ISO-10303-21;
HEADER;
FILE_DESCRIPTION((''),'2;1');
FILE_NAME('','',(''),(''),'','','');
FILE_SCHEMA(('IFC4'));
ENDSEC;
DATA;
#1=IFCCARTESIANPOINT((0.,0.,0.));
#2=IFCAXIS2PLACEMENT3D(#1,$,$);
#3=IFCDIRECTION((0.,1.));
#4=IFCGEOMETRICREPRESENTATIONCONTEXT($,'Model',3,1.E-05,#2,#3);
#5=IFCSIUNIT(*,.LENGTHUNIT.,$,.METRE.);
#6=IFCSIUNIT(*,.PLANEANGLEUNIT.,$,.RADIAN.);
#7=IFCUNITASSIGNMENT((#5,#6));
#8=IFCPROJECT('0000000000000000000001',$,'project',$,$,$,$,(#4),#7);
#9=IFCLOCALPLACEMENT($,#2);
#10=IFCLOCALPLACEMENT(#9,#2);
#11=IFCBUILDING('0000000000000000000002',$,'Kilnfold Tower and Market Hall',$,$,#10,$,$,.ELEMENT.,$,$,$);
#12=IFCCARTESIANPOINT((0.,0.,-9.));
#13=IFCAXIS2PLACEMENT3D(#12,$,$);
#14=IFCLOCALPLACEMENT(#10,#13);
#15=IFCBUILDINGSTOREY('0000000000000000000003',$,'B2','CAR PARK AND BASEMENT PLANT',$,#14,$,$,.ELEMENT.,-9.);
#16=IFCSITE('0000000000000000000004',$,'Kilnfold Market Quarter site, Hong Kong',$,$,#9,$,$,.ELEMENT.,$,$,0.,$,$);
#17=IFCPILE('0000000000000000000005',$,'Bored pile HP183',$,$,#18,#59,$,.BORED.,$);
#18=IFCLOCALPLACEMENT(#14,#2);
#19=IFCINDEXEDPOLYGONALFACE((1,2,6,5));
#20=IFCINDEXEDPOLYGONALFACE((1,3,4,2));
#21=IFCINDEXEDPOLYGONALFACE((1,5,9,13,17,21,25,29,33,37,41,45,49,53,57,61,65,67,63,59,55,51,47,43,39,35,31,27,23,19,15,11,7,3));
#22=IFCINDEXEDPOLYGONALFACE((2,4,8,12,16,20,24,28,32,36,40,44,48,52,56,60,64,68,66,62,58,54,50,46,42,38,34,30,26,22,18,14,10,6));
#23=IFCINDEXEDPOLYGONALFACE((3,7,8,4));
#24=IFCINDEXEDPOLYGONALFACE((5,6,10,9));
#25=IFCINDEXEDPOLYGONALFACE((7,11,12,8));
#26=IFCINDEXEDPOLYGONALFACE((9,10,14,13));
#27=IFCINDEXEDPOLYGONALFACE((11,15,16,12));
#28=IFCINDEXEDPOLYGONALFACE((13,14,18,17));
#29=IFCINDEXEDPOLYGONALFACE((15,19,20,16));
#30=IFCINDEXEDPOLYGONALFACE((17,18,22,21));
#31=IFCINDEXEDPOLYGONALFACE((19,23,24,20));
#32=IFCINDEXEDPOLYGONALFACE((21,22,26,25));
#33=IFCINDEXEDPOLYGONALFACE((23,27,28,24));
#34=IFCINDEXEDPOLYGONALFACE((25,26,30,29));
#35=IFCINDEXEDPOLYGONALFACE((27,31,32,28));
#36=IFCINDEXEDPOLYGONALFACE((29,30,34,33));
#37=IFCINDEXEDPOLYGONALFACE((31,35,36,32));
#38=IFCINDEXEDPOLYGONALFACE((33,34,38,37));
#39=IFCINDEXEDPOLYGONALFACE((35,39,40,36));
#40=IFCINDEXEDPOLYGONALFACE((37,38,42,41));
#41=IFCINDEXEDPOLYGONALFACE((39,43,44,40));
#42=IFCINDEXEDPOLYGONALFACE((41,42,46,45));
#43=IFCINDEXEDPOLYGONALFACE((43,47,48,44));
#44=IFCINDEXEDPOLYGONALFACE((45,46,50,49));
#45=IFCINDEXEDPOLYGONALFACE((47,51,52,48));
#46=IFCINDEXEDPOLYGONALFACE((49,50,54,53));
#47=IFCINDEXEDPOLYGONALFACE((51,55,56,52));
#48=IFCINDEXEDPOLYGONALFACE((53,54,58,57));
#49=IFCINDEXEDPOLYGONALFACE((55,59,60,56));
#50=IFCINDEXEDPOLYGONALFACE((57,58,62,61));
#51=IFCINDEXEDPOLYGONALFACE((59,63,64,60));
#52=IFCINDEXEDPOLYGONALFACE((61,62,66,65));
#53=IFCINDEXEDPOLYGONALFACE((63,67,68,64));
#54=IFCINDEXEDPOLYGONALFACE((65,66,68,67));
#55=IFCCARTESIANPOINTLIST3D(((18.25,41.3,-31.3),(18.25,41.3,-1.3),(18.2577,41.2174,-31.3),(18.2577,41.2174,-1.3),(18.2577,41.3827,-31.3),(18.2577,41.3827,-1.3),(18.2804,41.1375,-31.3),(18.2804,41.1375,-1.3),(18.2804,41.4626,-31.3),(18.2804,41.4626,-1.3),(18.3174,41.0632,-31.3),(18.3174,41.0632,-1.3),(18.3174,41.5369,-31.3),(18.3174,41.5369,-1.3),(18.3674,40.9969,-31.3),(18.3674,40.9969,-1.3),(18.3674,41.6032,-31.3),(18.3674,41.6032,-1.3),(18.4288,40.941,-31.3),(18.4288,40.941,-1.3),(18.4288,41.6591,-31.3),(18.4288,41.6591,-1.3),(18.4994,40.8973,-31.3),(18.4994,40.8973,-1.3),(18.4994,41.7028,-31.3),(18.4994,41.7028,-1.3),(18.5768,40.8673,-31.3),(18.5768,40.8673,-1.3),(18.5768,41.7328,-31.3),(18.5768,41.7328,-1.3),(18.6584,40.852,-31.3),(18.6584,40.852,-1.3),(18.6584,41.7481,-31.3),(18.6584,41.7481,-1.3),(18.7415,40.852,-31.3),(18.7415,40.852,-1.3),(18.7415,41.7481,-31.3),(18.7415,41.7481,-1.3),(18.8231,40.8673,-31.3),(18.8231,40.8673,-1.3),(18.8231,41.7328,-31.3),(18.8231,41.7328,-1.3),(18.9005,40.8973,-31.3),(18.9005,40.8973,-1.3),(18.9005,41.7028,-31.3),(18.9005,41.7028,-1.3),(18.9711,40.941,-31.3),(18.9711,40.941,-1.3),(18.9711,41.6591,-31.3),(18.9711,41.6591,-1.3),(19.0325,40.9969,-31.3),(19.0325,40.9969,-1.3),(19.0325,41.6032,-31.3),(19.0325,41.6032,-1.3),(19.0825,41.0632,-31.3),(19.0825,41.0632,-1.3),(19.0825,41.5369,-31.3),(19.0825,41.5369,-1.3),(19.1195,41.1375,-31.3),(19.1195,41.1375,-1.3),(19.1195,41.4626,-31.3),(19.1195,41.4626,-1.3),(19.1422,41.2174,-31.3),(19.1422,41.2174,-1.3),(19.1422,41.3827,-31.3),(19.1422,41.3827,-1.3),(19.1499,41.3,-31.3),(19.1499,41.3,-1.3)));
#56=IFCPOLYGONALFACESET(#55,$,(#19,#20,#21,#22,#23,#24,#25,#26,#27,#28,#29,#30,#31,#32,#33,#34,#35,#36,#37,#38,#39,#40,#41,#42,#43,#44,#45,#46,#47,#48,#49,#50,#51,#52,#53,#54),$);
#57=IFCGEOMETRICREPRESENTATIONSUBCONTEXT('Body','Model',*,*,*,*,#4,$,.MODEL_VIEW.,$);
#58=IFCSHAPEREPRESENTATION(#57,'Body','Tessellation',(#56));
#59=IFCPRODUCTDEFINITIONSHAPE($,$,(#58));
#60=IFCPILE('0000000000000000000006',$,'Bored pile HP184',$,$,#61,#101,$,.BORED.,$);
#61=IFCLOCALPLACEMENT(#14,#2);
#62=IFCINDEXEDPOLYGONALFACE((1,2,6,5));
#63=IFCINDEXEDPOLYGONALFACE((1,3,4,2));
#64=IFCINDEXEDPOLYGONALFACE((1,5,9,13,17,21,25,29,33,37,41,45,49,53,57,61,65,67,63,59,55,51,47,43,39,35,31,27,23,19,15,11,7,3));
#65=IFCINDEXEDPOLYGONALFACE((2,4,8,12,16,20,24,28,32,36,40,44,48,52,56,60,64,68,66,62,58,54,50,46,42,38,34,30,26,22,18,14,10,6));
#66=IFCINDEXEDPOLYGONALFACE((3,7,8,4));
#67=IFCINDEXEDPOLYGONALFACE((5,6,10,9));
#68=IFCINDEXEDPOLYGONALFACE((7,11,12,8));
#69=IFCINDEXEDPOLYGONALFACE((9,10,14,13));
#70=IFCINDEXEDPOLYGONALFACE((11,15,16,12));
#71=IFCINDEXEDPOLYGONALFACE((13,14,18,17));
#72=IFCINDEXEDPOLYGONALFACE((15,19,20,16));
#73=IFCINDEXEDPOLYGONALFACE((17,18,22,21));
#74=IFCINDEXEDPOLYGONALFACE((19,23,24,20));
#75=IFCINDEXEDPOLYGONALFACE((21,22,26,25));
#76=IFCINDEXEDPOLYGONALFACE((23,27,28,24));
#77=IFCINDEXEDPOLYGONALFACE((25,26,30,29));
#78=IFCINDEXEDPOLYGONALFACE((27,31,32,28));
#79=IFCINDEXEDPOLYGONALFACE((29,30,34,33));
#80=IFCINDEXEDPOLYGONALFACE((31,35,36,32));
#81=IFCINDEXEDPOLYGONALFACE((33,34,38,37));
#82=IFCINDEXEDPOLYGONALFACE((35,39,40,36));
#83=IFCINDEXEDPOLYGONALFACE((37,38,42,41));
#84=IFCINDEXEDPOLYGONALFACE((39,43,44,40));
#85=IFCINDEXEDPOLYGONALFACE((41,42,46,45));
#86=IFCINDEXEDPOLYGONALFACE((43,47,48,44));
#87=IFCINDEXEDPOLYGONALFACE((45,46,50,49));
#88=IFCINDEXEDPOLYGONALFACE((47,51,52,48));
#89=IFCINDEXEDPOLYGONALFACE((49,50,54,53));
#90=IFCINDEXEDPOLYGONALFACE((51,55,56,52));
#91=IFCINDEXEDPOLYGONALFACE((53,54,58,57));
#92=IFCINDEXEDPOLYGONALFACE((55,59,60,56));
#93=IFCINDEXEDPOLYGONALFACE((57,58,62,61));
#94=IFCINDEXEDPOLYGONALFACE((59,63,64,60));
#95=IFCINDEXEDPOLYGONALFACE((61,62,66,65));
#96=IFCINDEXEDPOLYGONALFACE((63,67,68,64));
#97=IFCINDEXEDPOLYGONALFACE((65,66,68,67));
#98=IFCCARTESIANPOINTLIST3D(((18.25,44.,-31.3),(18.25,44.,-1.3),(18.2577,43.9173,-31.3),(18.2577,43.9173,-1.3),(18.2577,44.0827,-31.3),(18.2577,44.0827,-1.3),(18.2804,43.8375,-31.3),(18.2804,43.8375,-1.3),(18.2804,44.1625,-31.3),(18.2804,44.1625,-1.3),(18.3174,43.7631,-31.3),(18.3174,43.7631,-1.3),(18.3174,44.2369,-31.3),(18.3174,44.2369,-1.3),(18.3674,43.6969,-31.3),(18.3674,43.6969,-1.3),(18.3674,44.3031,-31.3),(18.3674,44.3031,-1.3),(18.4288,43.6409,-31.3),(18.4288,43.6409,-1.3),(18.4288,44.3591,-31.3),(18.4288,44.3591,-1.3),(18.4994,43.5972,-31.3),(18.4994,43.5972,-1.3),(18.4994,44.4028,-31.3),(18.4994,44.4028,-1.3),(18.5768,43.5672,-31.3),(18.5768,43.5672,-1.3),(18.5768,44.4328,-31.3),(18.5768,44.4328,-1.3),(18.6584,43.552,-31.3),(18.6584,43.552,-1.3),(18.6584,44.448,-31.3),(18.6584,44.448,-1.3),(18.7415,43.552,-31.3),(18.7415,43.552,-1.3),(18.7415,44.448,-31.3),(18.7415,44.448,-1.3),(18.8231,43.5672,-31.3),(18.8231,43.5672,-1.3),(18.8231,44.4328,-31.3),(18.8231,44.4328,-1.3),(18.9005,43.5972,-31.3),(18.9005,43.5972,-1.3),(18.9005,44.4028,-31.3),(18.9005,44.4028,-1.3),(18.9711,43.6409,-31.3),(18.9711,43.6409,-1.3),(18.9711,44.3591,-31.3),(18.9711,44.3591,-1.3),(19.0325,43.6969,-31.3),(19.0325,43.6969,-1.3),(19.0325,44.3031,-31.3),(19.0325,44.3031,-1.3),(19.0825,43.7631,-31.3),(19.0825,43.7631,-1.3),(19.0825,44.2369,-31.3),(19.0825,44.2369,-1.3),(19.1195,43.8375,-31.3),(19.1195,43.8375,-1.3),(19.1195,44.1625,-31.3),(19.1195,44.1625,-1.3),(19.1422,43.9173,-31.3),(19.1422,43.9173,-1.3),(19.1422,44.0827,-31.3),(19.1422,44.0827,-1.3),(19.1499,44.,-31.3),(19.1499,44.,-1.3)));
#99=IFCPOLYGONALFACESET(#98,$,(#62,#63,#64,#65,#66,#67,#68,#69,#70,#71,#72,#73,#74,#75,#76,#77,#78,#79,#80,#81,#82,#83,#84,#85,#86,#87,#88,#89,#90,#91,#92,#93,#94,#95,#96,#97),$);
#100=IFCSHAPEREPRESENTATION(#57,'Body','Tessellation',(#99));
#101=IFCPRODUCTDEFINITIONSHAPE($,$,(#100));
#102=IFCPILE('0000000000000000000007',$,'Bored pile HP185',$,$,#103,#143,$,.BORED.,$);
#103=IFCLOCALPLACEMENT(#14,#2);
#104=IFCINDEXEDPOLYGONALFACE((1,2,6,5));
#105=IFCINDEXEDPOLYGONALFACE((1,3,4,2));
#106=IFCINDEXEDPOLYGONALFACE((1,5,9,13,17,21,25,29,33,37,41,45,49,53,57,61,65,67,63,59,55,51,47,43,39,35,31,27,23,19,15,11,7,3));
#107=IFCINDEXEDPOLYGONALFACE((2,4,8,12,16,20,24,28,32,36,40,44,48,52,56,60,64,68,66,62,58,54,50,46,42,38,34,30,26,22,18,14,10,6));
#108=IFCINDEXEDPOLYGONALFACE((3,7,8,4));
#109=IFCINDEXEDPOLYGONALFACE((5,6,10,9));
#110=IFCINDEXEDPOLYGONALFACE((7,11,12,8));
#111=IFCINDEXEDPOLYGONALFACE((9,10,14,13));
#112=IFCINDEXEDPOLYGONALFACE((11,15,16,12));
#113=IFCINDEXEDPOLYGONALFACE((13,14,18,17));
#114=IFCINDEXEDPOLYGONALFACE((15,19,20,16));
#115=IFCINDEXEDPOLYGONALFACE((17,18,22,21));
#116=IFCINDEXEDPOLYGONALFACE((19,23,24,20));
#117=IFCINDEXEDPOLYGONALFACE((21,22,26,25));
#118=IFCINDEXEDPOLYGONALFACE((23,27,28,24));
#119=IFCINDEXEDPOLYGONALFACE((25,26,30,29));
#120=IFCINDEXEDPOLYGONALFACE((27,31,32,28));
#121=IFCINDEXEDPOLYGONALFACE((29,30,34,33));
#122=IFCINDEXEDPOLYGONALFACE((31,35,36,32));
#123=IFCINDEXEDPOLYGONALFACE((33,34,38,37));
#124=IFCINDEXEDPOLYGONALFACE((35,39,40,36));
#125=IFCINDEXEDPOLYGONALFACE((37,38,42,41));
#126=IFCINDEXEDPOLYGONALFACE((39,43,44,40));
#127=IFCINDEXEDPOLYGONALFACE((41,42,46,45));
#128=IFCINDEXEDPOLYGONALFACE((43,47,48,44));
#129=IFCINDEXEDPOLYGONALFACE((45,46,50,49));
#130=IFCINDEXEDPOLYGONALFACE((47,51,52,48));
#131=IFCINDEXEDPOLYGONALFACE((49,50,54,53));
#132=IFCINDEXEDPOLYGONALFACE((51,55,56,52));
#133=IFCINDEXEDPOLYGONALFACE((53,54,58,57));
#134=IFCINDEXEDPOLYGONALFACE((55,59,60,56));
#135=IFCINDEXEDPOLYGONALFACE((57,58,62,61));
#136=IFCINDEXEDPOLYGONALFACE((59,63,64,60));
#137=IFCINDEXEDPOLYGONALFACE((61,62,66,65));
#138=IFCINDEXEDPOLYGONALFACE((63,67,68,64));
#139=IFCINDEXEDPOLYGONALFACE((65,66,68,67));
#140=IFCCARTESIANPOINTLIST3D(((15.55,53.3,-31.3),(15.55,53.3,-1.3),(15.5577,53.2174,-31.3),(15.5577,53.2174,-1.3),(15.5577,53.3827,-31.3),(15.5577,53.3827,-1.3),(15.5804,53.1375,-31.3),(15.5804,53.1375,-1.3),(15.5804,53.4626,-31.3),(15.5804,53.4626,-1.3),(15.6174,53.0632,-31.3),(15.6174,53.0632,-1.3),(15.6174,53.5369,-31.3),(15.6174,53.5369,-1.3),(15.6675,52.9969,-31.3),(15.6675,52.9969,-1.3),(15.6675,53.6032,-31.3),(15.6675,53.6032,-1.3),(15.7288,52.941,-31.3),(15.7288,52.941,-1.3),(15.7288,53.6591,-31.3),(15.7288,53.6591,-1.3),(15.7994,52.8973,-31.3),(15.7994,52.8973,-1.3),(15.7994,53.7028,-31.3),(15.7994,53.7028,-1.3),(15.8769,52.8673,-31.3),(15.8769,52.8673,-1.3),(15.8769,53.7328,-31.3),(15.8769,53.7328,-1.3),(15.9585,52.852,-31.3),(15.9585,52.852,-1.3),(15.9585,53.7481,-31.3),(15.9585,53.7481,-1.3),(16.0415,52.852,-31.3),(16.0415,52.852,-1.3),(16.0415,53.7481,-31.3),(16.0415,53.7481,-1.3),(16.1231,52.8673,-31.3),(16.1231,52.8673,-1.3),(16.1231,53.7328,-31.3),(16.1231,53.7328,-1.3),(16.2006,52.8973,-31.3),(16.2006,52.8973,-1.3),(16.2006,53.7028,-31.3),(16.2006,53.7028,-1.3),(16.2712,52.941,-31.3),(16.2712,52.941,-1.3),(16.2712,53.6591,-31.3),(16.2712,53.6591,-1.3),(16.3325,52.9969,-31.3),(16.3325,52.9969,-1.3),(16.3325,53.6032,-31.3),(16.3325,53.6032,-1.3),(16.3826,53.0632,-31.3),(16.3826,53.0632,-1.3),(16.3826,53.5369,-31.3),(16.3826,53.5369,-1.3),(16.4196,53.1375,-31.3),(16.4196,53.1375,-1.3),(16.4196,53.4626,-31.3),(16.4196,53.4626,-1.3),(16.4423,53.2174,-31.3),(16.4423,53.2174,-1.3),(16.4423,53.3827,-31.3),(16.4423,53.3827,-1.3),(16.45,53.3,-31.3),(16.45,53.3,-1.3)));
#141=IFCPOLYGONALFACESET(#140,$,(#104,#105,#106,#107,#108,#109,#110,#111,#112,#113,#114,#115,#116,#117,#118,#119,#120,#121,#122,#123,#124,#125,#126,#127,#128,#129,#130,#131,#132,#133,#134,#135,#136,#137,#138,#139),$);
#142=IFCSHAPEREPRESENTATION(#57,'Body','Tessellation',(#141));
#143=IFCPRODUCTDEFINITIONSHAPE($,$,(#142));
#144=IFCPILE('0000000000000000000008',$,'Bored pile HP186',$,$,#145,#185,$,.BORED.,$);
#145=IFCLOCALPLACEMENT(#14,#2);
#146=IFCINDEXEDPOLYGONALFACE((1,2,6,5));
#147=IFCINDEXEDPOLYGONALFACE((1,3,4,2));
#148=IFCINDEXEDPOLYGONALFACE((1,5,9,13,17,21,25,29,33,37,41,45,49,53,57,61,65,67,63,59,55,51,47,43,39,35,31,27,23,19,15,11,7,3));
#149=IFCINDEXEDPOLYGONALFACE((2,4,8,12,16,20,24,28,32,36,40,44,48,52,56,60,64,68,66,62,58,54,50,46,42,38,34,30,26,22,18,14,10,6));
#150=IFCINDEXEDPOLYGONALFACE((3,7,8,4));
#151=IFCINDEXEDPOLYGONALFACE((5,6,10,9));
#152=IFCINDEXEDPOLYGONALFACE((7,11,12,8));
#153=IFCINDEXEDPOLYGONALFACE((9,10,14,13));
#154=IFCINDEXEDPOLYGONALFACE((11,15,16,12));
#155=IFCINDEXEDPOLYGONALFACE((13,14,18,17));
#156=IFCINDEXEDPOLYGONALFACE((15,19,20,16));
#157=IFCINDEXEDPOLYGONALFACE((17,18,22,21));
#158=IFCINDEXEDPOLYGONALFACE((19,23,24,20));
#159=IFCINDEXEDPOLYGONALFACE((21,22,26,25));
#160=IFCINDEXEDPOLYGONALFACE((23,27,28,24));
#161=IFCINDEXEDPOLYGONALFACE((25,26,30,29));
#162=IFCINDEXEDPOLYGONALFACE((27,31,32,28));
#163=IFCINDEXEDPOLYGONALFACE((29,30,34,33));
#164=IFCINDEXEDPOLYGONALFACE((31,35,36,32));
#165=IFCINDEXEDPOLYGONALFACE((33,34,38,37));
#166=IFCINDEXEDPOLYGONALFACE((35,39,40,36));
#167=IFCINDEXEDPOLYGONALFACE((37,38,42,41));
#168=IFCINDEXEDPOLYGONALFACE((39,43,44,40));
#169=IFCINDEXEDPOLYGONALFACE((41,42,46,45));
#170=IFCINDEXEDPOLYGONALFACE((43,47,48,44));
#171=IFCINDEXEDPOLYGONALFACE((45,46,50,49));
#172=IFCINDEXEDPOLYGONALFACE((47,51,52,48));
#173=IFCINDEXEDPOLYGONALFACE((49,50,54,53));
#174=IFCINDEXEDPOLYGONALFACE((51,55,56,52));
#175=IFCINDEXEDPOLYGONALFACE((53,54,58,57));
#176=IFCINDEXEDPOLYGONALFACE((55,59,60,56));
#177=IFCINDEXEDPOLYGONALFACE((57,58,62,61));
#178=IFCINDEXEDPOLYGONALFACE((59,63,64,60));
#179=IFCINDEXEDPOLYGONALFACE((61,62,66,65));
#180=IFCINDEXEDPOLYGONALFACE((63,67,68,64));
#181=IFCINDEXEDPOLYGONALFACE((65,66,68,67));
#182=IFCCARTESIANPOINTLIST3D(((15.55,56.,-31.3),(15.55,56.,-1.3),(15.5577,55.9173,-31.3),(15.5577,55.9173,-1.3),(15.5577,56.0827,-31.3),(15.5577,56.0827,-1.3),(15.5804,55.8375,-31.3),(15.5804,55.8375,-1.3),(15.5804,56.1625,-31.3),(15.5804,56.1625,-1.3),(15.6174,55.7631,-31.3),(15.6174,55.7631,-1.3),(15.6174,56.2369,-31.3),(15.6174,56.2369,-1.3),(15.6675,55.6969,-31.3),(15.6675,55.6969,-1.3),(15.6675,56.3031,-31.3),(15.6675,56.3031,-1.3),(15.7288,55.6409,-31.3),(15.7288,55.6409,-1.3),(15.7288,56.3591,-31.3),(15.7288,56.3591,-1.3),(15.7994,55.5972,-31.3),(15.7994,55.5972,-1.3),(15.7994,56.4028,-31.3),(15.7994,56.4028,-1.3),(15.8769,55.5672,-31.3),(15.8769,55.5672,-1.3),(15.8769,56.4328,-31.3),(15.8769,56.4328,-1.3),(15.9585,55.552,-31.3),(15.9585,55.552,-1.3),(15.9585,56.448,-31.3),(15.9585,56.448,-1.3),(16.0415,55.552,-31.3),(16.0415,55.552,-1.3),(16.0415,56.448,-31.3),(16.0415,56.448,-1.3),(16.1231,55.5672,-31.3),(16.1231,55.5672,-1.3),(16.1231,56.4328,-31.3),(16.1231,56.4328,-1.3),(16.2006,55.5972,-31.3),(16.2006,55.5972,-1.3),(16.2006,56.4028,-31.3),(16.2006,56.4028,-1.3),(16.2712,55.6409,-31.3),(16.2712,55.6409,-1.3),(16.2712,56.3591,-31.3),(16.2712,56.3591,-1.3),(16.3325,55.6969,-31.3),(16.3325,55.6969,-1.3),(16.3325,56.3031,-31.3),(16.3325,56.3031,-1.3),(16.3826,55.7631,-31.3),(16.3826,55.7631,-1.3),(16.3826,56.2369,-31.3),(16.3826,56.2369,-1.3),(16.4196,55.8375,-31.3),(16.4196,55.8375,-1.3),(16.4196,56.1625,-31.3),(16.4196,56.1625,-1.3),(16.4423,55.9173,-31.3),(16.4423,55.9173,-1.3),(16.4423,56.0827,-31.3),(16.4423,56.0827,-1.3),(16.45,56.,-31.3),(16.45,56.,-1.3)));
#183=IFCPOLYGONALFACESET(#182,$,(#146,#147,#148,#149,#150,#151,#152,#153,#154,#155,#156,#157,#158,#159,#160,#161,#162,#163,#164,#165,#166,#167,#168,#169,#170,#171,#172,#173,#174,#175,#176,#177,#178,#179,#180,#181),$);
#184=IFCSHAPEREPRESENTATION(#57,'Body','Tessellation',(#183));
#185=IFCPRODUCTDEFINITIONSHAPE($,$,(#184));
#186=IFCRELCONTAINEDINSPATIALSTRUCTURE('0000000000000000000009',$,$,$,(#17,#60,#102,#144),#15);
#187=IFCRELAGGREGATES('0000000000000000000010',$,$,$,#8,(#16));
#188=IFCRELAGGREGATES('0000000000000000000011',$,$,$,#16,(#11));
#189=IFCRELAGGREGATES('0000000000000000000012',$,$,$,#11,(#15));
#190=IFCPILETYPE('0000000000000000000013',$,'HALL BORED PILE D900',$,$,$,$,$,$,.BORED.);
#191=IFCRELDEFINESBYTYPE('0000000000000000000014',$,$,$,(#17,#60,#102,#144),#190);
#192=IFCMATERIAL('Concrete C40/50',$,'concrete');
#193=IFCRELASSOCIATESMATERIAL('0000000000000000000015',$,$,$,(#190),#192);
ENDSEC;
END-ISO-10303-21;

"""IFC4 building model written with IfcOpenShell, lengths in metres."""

from ifc_helpers import new_model, si_unit, direction, frame, origin, origin_2d, place, context, subcontext, project, spatial, circle, extrude, source, transform, mapped, material, material_profile, profile_set, type_object, element, save


model = new_model("IFC4")

# Units and contexts
model_context = context("Model", 3, precision=1e-05, world=origin(), true_north=direction((0.0, 1.0)))
body_context = subcontext(model_context, "Body", "Model", "MODEL_VIEW")
ifc_project = project(units=[si_unit("LENGTHUNIT", "METRE"), si_unit("PLANEANGLEUNIT", "RADIAN")], contexts=[model_context])

# Site, building, storey
site_placement = place(None, origin())
site = spatial("IfcSite", under=ifc_project, at=site_placement, Name="Kilnfold Market Quarter site, Hong Kong", CompositionType="ELEMENT", RefElevation=0.0)
building_placement = place(site_placement, origin())
building = spatial("IfcBuilding", under=site, at=building_placement, Name="Kilnfold Tower and Market Hall", CompositionType="ELEMENT")
storey_placement = place(building_placement, frame((0.0, 0.0, -9.0)))
storey = spatial("IfcBuildingStorey", under=building, at=storey_placement, Name="B2", Description="CAR PARK AND BASEMENT PLANT", CompositionType="ELEMENT", Elevation=-9.0)

# Piles
ifc_material_1 = material(Name="Concrete C40/50", Category="concrete")
ifc_material_profile_1 = material_profile(ifc_material_1, circle(Radius=0.45, at=origin_2d()), Name="D900")
ifc_profile_set_1 = profile_set([ifc_material_profile_1], Name="Concrete C40/50")
pile_type = type_object("IfcPileType", Name="HALL BORED PILE D900", PredefinedType="BORED", material=ifc_profile_set_1)
shared_shape_1 = source(origin(), body_context, "Body", "SweptSolid", [
    extrude(circle(Radius=0.45, at=origin_2d()), origin(), (0.0, 0.0, 1.0), 30.0),
])
for number, where, z_axis, x_axis, name in (
    (1, (18.7, 41.3, -1.3), (0.0, 0.0, -1.0), (1.0, 0.0, 0.0), "Bored pile HP183"),
    (2, (18.7, 44.0, -1.3), (0.0, 0.0, -1.0), (1.0, 0.0, 0.0), "Bored pile HP184"),
    (3, (16.0, 53.3, -1.3), (0.0, 0.0, -1.0), (1.0, 0.0, 0.0), "Bored pile HP185"),
    (4, (16.0, 56.0, -1.3), (0.0, 0.0, -1.0), (1.0, 0.0, 0.0), "Bored pile HP186"),
):
    element("IfcPile", number, at=place(storey_placement, frame(where, z_axis=z_axis, x_axis=x_axis)), inside=storey, type_object=pile_type, Name=name, PredefinedType="BORED", context=body_context, shape_type="MappedRepresentation", body=[
        mapped(shared_shape_1, transform((0.0, 0.0, 0.0))),
    ])

save(model, "model.ifc")
